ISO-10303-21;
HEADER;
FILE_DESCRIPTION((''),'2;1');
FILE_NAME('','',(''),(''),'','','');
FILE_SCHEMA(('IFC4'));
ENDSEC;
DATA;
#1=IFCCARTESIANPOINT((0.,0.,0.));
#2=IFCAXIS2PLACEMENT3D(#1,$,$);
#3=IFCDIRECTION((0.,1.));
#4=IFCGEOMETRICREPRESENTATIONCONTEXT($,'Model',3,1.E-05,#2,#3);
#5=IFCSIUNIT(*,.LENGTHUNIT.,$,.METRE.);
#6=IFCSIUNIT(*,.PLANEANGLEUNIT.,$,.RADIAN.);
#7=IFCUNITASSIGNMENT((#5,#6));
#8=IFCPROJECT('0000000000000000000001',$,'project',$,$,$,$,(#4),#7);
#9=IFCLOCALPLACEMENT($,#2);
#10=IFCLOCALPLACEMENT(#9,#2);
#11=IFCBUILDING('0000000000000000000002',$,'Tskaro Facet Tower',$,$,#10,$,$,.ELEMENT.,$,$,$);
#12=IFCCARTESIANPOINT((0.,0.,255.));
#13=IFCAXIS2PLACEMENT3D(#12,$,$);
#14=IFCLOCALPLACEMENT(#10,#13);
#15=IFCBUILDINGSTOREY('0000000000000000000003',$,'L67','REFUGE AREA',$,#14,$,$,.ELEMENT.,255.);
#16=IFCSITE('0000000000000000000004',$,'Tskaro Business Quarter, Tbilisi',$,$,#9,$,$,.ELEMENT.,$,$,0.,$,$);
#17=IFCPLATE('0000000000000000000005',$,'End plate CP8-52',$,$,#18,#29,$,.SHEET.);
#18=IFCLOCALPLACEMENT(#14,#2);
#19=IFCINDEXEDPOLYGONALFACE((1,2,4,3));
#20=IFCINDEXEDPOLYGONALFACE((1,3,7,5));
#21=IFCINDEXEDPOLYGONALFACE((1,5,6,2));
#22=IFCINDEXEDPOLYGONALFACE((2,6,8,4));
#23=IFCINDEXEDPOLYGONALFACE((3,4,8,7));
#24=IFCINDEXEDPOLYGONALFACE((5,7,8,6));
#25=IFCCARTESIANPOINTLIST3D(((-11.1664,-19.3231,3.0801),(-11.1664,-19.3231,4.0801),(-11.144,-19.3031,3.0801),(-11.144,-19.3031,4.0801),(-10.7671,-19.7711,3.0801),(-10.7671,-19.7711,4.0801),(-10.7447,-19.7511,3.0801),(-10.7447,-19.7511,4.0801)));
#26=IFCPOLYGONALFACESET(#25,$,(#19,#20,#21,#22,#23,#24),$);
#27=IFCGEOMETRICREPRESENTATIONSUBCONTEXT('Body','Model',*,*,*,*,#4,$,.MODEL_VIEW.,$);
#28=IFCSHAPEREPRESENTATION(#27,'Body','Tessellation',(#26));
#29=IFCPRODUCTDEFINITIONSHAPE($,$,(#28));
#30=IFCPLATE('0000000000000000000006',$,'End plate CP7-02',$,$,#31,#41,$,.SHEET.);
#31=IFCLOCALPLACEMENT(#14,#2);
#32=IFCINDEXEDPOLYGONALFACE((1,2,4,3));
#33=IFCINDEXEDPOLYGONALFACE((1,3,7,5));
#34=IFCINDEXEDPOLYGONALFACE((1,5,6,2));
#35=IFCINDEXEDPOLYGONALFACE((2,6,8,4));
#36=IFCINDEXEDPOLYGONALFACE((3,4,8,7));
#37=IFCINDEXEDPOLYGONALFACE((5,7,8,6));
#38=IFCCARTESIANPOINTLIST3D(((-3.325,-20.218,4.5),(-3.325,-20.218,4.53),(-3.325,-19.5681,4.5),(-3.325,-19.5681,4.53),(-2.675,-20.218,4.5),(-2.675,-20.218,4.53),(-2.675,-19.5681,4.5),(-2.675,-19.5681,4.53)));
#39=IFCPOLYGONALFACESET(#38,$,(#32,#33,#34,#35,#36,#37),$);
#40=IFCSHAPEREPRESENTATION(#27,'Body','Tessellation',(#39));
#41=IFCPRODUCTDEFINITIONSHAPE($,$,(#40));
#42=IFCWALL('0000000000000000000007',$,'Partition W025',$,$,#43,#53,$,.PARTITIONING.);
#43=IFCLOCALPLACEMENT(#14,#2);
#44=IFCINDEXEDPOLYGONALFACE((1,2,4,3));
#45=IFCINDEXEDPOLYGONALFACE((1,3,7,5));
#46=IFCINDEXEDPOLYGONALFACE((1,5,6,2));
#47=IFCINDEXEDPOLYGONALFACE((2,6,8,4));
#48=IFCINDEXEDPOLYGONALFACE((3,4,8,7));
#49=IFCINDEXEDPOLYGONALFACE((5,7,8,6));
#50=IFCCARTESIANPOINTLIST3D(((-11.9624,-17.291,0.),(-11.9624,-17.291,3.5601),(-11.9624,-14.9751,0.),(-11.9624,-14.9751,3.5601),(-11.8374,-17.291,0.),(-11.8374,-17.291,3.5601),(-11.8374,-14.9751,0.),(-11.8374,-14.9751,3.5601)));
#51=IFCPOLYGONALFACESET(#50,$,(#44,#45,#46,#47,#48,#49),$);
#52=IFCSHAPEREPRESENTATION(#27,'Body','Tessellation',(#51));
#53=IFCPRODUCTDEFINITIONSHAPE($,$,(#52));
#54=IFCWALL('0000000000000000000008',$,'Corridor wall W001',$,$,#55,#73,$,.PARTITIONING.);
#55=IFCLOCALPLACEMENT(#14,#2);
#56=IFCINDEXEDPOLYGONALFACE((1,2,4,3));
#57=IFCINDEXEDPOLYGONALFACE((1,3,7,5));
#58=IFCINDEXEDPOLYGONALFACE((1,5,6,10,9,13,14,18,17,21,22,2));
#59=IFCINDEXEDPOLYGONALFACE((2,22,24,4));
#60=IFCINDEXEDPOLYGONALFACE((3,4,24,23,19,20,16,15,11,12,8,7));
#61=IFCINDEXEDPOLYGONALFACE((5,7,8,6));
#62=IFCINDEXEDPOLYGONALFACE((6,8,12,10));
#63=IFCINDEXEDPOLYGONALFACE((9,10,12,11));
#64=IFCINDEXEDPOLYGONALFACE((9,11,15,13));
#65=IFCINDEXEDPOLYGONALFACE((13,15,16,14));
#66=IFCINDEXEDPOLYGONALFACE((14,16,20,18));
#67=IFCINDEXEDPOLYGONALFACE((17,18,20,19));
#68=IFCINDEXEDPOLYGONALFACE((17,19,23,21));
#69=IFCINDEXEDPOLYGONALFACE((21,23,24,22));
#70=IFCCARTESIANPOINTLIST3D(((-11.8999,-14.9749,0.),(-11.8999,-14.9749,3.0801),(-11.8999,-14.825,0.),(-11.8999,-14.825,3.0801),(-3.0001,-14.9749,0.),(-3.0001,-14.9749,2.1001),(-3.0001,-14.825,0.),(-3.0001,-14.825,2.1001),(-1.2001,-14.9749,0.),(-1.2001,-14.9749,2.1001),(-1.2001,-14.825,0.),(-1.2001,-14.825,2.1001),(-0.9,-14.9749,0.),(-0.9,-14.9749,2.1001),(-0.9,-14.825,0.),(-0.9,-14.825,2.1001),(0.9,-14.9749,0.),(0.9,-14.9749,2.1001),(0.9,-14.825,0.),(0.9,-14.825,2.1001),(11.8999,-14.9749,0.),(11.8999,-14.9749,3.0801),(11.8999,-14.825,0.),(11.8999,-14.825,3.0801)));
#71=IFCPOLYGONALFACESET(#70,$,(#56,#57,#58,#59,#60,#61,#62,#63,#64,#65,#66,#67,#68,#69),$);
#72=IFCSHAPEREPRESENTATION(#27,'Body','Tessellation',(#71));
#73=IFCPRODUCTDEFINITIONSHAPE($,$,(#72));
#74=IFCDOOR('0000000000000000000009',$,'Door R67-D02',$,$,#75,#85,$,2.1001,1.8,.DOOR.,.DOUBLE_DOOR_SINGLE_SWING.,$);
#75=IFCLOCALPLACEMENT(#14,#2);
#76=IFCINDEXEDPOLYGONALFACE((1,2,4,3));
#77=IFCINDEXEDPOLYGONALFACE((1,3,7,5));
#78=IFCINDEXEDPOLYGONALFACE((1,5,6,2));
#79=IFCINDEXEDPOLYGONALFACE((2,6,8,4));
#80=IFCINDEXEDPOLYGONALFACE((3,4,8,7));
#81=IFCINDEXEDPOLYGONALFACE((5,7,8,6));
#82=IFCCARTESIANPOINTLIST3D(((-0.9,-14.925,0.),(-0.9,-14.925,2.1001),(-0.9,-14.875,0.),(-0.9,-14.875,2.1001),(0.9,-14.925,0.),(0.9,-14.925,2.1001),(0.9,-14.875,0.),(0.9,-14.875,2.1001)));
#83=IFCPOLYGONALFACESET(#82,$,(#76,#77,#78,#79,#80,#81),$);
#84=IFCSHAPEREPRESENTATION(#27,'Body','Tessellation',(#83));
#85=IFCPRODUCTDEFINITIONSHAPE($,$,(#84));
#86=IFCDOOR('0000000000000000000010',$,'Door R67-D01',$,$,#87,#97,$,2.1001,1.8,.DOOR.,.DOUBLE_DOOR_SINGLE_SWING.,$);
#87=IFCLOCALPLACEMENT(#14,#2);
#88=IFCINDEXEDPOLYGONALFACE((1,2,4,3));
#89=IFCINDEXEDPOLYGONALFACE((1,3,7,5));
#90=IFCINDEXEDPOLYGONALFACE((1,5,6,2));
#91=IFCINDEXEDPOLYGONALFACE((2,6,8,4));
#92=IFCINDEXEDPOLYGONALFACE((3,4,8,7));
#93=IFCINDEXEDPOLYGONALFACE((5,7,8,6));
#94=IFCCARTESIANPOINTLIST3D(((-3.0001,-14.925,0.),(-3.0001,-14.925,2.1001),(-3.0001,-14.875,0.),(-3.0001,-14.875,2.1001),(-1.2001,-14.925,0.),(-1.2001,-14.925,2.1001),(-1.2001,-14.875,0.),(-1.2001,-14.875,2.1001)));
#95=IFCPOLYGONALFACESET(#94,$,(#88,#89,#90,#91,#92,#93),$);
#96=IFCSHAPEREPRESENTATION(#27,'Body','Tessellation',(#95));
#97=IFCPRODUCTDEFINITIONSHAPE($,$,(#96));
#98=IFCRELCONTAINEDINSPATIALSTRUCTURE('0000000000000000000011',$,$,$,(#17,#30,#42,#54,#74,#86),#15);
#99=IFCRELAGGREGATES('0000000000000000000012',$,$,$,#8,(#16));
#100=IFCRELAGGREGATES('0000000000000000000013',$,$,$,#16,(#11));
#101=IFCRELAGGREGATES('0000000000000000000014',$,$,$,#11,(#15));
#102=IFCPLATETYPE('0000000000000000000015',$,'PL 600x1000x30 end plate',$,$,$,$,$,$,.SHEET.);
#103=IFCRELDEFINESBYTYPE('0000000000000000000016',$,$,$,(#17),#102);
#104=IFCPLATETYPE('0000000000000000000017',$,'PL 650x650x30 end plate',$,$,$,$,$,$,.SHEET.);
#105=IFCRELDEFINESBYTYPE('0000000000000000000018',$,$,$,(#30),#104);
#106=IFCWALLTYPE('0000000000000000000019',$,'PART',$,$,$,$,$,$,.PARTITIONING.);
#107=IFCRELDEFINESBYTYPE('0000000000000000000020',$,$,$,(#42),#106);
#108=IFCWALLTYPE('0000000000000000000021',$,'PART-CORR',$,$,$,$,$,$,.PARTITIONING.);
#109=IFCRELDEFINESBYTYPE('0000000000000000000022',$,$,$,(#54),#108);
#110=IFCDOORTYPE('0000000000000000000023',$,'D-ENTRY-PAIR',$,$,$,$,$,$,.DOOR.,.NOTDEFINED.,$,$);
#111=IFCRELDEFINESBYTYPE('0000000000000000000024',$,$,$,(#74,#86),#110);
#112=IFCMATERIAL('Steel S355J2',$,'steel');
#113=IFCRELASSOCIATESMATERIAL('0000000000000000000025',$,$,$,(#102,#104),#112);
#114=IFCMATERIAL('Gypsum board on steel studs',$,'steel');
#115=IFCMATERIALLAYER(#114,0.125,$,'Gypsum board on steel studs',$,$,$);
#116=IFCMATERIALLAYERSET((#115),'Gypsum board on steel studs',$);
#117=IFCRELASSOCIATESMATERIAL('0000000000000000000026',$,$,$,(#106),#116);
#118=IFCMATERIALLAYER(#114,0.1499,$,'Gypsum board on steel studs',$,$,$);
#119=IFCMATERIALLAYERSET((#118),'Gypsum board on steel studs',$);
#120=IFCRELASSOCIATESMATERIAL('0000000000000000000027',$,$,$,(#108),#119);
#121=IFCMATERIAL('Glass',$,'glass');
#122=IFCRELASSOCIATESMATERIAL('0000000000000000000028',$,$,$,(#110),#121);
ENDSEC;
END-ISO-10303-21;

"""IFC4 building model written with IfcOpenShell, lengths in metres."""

from ifc_helpers import new_model, si_unit, direction, frame, frame_2d, origin, origin_2d, place, context, subcontext, project, spatial, rectangle, extrude, material, layer, layer_set, material_profile, profile_set, type_object, element, fill, save


model = new_model("IFC4")

# Units and contexts
model_context = context("Model", 3, precision=1e-05, world=origin(), true_north=direction((0.0, 1.0)))
body_context = subcontext(model_context, "Body", "Model", "MODEL_VIEW")
ifc_project = project(units=[si_unit("LENGTHUNIT", "METRE"), si_unit("PLANEANGLEUNIT", "RADIAN")], contexts=[model_context])

# Site, building, storey
site_placement = place(None, origin())
site = spatial("IfcSite", under=ifc_project, at=site_placement, Name="Tskaro Business Quarter, Tbilisi", CompositionType="ELEMENT", RefElevation=0.0)
building_placement = place(site_placement, origin())
building = spatial("IfcBuilding", under=site, at=building_placement, Name="Tskaro Facet Tower", CompositionType="ELEMENT")
storey_placement = place(building_placement, frame((0.0, 0.0, 255.0)))
storey = spatial("IfcBuildingStorey", under=building, at=storey_placement, Name="L67", Description="REFUGE AREA", CompositionType="ELEMENT", Elevation=255.0)

# Shared definitions
ifc_material_1 = material(Name="Steel S355J2", Category="steel")

# Plates
ifc_material_profile_1 = material_profile(ifc_material_1, rectangle(XDim=0.6001, YDim=1.0, at=origin_2d()), Name="PL 600x1000x30 end plate")
ifc_profile_set_1 = profile_set([ifc_material_profile_1], Name="Steel S355J2")
plate_type_1 = type_object("IfcPlateType", Name="PL 600x1000x30 end plate", PredefinedType="SHEET", material=ifc_profile_set_1)
plate_1_placement = place(storey_placement, frame((-10.9443, -19.5271, 3.5801), z_axis=(-0.746513, -0.665371, 0.0), x_axis=(0.665371, -0.746513, 0.0)))
element("IfcPlate", 1, at=plate_1_placement, inside=storey, type_object=plate_type_1, Name="End plate CP8-52", PredefinedType="SHEET", context=body_context, shape_type="SweptSolid", body=[
    extrude(rectangle(XDim=0.6001, YDim=1.0, at=origin_2d()), origin(), (0.0, 0.0, 1.0), 0.03),
])
ifc_material_profile_2 = material_profile(ifc_material_1, rectangle(XDim=0.6499, YDim=0.6499, at=origin_2d()), Name="PL 650x650x30 end plate")
ifc_profile_set_2 = profile_set([ifc_material_profile_2], Name="Steel S355J2")
plate_type_2 = type_object("IfcPlateType", Name="PL 650x650x30 end plate", PredefinedType="SHEET", material=ifc_profile_set_2)
plate_2_placement = place(storey_placement, frame((-3.0, -19.8931, 4.5), z_axis=(0.0, 0.0, 1.0), x_axis=(1.0, 0.0, 0.0)))
element("IfcPlate", 2, at=plate_2_placement, inside=storey, type_object=plate_type_2, Name="End plate CP7-02", PredefinedType="SHEET", context=body_context, shape_type="SweptSolid", body=[
    extrude(rectangle(XDim=0.6499, YDim=0.6499, at=origin_2d()), origin(), (0.0, 0.0, 1.0), 0.03),
])

# Wall
ifc_material_2 = material(Name="Gypsum board on steel studs", Category="steel")
ifc_layer_1 = layer(ifc_material_2, 0.125, Name="Gypsum board on steel studs")
ifc_layer_set_1 = layer_set([ifc_layer_1], Name="Gypsum board on steel studs")
wall_type_1 = type_object("IfcWallType", Name="PART", PredefinedType="PARTITIONING", material=ifc_layer_set_1)
wall_1_placement = place(storey_placement, frame((-11.8999, -17.291, 0.0), z_axis=(0.0, 0.0, 1.0), x_axis=(0.0, 1.0, 0.0)))
element("IfcWall", 3, at=wall_1_placement, inside=storey, type_object=wall_type_1, Name="Partition W025", PredefinedType="PARTITIONING", context=body_context, shape_type="SweptSolid", body=[
    extrude(rectangle(XDim=2.3159, YDim=0.125, at=frame_2d((1.158, 0.0))), origin(), (0.0, 0.0, 1.0), 3.5601),
])

# Wall, openings, doors
ifc_layer_2 = layer(ifc_material_2, 0.1499, Name="Gypsum board on steel studs")
ifc_layer_set_2 = layer_set([ifc_layer_2], Name="Gypsum board on steel studs")
wall_type_2 = type_object("IfcWallType", Name="PART-CORR", PredefinedType="PARTITIONING", material=ifc_layer_set_2)
wall_2_placement = place(storey_placement, frame((-11.8999, -14.8999, 0.0), z_axis=(0.0, 0.0, 1.0), x_axis=(1.0, 0.0, 0.0)))
wall_2 = element("IfcWall", 4, at=wall_2_placement, inside=storey, type_object=wall_type_2, Name="Corridor wall W001", PredefinedType="PARTITIONING", context=body_context, shape_type="SweptSolid", body=[
    extrude(rectangle(XDim=23.7998, YDim=0.1499, at=frame_2d((11.8999, 0.0))), origin(), (0.0, 0.0, 1.0), 3.0801),
])
opening_1_placement = place(wall_2_placement, frame((11.0, 0.0, 0.0)))
opening_1 = element("IfcOpeningElement", 5, at=opening_1_placement, cuts=wall_2, PredefinedType="OPENING", context=body_context, shape_type="SweptSolid", body=[
    extrude(rectangle(XDim=1.8, YDim=2.1001, at=frame_2d((0.8999, 1.05))), frame((0.0, 0.085, 0.0), z_axis=(0.0, -1.0, 0.0), x_axis=(1.0, 0.0, 0.0)), (0.0, 0.0, 1.0), 0.1699),
])
opening_2_placement = place(wall_2_placement, frame((8.8999, 0.0, 0.0)))
opening_2 = element("IfcOpeningElement", 6, at=opening_2_placement, cuts=wall_2, PredefinedType="OPENING", context=body_context, shape_type="SweptSolid", body=[
    extrude(rectangle(XDim=1.8, YDim=2.1001, at=frame_2d((0.8999, 1.05))), frame((0.0, 0.085, 0.0), z_axis=(0.0, -1.0, 0.0), x_axis=(1.0, 0.0, 0.0)), (0.0, 0.0, 1.0), 0.1699),
])
ifc_material_3 = material(Name="Glass", Category="glass")
door_type = type_object("IfcDoorType", Name="D-ENTRY-PAIR", OperationType="NOTDEFINED", PredefinedType="DOOR", material=ifc_material_3)
door_1_placement = place(opening_1_placement, origin())
door_1 = element("IfcDoor", 7, at=door_1_placement, inside=storey, type_object=door_type, Name="Door R67-D02", OperationType="DOUBLE_DOOR_SINGLE_SWING", OverallHeight=2.1001, OverallWidth=1.8, PredefinedType="DOOR", context=body_context, shape_type="SweptSolid", body=[
    extrude(rectangle(XDim=1.8, YDim=2.1001, at=frame_2d((0.8999, 1.05))), frame((0.0, 0.0249, 0.0), z_axis=(0.0, -1.0, 0.0), x_axis=(1.0, 0.0, 0.0)), (0.0, 0.0, 1.0), 0.05),
])
fill(opening_1, door_1)
door_2_placement = place(opening_2_placement, origin())
door_2 = element("IfcDoor", 8, at=door_2_placement, inside=storey, type_object=door_type, Name="Door R67-D01", OperationType="DOUBLE_DOOR_SINGLE_SWING", OverallHeight=2.1001, OverallWidth=1.8, PredefinedType="DOOR", context=body_context, shape_type="SweptSolid", body=[
    extrude(rectangle(XDim=1.8, YDim=2.1001, at=frame_2d((0.8999, 1.05))), frame((0.0, 0.0249, 0.0), z_axis=(0.0, -1.0, 0.0), x_axis=(1.0, 0.0, 0.0)), (0.0, 0.0, 1.0), 0.05),
])
fill(opening_2, door_2)

save(model, "model.ifc")
